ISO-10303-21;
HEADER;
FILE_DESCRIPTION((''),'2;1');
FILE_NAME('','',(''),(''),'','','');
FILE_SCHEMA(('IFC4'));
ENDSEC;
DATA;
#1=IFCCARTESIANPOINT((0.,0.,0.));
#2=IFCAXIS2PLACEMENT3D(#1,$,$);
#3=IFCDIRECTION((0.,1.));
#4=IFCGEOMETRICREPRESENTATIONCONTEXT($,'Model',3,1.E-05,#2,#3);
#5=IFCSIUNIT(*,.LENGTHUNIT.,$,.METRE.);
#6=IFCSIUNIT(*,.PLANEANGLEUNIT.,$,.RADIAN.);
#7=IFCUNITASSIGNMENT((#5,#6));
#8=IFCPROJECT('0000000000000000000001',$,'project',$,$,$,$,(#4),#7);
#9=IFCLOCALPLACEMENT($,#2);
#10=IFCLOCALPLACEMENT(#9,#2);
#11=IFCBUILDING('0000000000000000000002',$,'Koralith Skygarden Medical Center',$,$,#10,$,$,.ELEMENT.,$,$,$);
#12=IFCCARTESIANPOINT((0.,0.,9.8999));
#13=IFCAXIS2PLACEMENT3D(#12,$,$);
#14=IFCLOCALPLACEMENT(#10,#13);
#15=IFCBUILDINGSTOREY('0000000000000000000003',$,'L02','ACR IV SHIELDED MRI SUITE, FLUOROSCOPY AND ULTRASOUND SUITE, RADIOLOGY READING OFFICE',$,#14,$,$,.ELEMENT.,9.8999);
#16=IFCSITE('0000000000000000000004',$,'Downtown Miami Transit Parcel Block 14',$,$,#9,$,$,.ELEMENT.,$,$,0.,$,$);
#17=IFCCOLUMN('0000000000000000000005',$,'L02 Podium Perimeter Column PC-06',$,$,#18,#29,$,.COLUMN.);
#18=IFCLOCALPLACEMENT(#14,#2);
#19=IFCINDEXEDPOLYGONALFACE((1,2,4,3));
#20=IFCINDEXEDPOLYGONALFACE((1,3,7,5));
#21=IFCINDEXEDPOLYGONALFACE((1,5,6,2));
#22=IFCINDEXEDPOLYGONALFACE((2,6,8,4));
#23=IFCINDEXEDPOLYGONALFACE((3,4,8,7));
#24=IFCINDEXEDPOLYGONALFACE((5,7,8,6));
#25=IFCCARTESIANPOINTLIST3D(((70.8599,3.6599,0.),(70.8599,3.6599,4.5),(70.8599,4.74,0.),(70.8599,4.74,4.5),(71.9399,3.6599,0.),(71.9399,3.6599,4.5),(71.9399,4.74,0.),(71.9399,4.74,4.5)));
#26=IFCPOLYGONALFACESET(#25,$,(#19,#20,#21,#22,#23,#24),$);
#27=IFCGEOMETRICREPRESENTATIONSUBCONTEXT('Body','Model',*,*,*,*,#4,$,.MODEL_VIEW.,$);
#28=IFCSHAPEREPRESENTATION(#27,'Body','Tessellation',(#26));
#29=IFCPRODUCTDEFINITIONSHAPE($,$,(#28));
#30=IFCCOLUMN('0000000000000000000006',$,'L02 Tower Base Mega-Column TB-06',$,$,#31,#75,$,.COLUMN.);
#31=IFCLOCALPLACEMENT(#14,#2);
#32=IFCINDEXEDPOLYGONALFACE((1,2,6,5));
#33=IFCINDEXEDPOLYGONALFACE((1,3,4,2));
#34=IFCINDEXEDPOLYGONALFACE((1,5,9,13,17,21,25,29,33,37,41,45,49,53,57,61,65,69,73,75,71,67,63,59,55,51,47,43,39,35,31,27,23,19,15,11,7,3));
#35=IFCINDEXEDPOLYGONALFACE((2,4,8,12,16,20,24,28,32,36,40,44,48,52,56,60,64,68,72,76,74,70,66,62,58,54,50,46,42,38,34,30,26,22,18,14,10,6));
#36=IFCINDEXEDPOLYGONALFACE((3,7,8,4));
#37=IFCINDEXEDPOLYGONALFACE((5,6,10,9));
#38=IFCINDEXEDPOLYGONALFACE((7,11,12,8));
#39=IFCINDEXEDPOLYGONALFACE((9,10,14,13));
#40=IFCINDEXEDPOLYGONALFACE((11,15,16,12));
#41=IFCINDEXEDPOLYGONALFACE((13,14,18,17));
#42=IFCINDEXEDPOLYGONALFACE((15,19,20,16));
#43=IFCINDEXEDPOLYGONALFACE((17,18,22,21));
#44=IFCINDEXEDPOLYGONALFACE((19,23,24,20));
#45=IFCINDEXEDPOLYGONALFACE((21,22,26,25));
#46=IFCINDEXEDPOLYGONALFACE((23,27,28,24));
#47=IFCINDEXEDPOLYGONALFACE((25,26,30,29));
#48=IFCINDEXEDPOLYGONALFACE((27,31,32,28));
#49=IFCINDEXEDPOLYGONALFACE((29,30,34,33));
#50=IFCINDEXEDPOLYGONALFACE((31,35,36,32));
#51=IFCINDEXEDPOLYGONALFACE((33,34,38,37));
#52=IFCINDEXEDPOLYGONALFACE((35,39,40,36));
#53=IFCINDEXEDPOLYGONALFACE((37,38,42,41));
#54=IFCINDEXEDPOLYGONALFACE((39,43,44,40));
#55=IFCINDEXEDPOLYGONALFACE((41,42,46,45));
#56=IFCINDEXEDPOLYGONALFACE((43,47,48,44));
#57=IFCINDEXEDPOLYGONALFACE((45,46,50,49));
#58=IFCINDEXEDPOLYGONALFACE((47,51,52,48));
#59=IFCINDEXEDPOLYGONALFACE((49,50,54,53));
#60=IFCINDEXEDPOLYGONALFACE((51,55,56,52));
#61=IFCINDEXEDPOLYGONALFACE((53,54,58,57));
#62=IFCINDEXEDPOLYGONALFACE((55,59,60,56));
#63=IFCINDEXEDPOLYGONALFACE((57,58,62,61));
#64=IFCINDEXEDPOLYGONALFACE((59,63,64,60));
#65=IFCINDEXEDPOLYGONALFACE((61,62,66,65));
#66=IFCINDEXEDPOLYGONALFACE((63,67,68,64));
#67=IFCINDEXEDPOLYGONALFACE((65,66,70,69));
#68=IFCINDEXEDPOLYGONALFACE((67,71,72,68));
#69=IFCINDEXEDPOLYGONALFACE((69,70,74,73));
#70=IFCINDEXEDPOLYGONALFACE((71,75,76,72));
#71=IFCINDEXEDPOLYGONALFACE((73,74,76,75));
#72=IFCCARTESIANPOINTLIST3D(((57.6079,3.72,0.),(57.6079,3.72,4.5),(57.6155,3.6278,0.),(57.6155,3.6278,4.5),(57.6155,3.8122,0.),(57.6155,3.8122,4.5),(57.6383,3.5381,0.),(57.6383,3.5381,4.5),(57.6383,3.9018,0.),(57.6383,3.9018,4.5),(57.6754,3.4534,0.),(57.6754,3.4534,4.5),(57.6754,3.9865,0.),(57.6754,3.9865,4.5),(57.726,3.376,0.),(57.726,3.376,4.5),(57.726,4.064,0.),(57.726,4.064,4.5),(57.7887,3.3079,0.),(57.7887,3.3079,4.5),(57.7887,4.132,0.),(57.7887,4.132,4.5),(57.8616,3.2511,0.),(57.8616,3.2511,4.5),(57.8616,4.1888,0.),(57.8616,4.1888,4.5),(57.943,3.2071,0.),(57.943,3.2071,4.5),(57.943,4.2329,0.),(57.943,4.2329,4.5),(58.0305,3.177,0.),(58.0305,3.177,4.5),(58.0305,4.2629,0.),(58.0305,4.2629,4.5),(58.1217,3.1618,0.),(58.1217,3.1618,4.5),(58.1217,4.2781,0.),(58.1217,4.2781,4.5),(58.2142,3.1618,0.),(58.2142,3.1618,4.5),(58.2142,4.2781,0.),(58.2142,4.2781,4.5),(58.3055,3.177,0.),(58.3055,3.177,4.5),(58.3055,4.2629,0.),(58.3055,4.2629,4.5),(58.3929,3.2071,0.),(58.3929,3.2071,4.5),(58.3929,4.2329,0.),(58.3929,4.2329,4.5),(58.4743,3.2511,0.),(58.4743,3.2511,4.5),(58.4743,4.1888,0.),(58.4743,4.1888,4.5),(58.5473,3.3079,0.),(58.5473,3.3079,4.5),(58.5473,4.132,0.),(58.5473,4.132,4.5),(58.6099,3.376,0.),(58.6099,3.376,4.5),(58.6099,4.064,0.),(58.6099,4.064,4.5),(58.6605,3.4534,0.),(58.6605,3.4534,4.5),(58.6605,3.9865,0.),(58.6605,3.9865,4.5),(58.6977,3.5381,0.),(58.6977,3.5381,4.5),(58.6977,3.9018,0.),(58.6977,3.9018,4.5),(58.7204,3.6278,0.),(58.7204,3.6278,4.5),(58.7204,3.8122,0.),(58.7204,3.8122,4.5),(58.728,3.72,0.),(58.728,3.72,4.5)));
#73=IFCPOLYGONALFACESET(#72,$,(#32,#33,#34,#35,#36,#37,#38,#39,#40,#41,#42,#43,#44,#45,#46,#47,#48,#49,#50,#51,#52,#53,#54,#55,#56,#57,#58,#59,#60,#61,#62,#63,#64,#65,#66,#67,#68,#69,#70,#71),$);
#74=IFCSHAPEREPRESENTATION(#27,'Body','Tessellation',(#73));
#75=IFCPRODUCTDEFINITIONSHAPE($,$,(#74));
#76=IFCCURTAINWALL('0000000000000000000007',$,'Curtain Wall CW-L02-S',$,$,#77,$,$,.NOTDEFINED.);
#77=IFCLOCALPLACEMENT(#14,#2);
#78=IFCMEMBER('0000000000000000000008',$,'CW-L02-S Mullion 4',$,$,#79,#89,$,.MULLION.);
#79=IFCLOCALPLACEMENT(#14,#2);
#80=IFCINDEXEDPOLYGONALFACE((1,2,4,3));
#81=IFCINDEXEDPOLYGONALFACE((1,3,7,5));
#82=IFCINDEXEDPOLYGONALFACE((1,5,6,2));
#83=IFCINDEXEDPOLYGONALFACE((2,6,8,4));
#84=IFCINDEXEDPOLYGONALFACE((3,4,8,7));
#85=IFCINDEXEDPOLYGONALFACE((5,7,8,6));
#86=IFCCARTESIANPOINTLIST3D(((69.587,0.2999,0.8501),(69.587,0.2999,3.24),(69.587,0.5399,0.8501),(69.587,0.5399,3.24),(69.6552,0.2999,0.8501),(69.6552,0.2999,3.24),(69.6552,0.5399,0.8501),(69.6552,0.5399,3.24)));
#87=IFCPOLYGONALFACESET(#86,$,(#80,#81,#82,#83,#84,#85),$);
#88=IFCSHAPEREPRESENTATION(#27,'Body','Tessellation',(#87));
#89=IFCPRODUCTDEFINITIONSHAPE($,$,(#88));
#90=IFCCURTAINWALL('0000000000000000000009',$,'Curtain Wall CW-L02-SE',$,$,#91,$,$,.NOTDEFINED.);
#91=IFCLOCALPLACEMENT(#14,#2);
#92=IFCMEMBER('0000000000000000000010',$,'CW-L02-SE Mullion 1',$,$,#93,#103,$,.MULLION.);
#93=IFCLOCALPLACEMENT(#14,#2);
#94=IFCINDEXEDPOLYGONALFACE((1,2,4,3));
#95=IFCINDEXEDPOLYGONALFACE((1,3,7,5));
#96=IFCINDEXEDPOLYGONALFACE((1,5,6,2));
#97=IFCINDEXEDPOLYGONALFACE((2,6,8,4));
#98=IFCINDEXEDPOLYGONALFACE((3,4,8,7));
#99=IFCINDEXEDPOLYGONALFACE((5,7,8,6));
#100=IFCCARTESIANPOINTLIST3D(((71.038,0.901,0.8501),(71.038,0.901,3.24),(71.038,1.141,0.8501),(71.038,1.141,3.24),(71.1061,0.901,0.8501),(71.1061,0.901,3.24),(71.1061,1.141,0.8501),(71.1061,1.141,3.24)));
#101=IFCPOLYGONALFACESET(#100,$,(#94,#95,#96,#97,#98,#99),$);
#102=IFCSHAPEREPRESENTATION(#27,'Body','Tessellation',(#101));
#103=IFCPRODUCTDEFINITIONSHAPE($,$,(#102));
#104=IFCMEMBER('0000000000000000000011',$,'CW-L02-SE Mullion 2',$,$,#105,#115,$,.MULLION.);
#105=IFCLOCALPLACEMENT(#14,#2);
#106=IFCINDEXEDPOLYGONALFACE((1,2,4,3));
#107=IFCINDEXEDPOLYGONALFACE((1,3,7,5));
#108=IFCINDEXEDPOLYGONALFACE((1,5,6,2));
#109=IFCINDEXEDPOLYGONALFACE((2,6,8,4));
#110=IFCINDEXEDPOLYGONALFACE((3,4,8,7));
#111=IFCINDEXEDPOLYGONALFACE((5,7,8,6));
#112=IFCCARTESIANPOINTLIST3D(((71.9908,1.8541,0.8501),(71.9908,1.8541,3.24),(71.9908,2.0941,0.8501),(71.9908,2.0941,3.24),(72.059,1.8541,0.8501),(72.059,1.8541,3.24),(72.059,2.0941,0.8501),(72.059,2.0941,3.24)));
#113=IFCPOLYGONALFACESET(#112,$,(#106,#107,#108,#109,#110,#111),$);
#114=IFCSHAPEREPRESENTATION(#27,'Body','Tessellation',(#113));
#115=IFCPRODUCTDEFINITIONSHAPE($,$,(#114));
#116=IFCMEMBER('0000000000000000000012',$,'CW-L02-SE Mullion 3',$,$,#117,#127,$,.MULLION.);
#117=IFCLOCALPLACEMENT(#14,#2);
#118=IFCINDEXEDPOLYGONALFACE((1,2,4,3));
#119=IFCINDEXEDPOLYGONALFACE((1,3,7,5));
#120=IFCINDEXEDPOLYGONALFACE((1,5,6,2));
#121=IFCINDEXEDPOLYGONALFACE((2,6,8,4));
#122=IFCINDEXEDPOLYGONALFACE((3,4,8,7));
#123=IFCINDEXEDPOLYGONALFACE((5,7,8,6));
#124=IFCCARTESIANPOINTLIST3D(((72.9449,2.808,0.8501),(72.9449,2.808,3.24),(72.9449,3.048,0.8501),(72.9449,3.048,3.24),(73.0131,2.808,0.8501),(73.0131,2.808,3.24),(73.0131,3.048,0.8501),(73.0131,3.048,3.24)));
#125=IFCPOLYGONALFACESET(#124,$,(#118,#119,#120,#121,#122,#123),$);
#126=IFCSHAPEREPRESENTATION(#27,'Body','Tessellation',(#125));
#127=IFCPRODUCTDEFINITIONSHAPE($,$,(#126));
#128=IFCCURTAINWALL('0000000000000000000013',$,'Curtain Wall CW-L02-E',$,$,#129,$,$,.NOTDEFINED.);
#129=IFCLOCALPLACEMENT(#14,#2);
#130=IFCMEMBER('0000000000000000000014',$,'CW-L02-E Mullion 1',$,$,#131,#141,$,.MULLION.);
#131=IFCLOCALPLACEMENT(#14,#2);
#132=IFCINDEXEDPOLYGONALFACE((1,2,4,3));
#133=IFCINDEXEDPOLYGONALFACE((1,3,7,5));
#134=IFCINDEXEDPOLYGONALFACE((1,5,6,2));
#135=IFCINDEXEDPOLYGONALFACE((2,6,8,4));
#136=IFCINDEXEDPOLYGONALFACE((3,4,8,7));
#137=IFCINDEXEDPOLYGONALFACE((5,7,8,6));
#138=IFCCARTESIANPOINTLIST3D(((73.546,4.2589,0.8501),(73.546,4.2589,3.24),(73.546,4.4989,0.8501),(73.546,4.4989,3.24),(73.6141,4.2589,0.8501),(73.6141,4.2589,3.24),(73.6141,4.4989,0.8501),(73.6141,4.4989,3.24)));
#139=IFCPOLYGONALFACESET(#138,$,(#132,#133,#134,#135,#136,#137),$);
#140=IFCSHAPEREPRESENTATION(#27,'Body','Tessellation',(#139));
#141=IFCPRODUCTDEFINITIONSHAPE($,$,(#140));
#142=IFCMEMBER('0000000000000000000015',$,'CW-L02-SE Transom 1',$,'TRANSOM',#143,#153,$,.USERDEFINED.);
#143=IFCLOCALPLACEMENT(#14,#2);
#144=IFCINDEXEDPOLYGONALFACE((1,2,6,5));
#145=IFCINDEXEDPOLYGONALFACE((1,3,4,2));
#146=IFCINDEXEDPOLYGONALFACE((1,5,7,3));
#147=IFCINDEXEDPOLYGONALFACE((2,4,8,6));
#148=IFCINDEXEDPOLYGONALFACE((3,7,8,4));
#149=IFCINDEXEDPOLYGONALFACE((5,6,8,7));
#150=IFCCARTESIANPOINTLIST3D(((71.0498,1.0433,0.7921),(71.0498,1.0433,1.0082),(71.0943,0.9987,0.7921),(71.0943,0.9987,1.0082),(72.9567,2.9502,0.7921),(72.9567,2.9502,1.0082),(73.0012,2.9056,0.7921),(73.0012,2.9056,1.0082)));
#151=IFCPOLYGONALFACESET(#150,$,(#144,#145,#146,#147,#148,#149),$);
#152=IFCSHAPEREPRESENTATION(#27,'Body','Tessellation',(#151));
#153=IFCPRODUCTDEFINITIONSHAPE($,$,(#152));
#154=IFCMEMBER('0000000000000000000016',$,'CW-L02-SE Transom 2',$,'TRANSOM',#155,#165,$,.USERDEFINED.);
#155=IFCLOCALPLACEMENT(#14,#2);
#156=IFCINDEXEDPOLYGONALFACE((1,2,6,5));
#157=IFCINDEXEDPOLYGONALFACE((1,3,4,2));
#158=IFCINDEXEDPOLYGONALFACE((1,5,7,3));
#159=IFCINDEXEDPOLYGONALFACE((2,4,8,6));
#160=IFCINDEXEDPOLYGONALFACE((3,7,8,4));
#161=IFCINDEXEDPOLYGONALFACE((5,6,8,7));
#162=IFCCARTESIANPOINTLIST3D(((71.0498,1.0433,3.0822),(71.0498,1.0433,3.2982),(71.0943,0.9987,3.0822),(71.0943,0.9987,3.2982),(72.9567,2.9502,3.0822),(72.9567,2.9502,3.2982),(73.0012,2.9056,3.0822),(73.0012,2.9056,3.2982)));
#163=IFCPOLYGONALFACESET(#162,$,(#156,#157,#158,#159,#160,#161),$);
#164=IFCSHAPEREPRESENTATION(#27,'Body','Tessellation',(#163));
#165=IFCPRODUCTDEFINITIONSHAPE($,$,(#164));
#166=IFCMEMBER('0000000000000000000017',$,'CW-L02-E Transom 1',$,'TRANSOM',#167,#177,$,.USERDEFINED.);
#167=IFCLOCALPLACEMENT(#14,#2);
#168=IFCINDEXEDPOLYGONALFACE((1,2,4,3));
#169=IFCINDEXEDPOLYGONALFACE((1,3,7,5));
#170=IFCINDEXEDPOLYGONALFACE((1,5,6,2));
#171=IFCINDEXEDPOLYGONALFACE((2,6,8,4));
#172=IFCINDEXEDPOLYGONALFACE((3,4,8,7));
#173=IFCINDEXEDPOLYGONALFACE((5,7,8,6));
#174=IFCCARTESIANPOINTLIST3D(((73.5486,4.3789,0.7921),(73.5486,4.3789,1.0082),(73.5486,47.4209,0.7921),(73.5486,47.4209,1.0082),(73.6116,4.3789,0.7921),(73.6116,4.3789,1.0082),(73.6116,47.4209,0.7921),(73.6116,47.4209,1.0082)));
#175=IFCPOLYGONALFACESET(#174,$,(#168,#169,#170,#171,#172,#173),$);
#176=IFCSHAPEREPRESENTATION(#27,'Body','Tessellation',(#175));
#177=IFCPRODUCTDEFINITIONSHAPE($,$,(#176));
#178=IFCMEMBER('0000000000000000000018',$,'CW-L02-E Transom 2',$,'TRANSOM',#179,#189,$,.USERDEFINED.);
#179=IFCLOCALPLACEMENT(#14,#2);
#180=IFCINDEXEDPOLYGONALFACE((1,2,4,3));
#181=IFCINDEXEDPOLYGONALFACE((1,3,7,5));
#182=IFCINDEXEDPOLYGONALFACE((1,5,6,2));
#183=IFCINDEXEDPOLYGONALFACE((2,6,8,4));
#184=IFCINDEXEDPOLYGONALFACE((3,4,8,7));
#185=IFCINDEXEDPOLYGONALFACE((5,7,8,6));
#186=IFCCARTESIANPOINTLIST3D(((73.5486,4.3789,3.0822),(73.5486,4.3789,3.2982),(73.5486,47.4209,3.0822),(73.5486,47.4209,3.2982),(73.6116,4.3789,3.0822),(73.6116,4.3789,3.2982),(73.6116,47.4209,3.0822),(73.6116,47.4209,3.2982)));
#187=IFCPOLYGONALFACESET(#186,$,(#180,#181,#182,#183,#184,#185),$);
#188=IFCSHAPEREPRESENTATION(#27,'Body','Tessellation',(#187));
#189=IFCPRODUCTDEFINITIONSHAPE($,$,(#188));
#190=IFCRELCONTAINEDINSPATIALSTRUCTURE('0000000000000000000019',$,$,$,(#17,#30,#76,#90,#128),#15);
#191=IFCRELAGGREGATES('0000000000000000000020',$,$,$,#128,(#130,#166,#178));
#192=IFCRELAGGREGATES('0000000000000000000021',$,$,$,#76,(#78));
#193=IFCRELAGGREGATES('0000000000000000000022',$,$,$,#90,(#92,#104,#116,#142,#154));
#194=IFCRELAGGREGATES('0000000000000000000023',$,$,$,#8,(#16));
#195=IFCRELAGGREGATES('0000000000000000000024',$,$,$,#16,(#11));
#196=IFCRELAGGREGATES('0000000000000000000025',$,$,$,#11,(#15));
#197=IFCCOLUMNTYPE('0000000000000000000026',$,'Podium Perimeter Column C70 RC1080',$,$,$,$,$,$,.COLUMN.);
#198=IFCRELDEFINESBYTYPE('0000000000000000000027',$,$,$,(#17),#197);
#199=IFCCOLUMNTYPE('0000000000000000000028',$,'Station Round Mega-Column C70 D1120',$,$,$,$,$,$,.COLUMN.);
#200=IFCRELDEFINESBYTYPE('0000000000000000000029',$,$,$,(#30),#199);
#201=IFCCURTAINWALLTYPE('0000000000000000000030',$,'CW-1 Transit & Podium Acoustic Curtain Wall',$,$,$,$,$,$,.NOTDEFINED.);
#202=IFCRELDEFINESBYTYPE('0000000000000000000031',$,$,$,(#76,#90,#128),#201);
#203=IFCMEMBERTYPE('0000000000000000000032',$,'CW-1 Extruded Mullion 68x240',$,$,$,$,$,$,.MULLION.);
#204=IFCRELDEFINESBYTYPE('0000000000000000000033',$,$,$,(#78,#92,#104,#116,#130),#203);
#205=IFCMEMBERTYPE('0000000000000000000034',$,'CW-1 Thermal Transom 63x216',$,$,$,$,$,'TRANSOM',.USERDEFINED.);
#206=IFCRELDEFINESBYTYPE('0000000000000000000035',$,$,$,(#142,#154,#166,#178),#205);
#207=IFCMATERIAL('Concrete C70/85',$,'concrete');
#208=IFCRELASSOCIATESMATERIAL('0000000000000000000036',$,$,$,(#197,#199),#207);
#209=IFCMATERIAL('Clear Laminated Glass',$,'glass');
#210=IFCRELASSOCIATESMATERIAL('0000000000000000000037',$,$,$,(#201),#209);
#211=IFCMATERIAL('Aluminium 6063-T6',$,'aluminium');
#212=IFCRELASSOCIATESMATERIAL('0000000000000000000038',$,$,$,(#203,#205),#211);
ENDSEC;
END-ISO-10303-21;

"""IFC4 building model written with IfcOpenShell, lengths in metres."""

from ifc_helpers import new_model, si_unit, direction, frame, origin, origin_2d, place, context, subcontext, project, spatial, rectangle, circle, extrude, material, material_profile, profile_set, type_object, element, aggregate, save


model = new_model("IFC4")

# Units and contexts
model_context = context("Model", 3, precision=1e-05, world=origin(), true_north=direction((0.0, 1.0)))
body_context = subcontext(model_context, "Body", "Model", "MODEL_VIEW")
ifc_project = project(units=[si_unit("LENGTHUNIT", "METRE"), si_unit("PLANEANGLEUNIT", "RADIAN")], contexts=[model_context])

# Site, building, storey
site_placement = place(None, origin())
site = spatial("IfcSite", under=ifc_project, at=site_placement, Name="Downtown Miami Transit Parcel Block 14", CompositionType="ELEMENT", RefElevation=0.0)
building_placement = place(site_placement, origin())
building = spatial("IfcBuilding", under=site, at=building_placement, Name="Koralith Skygarden Medical Center", CompositionType="ELEMENT")
storey_placement = place(building_placement, frame((0.0, 0.0, 9.8999)))
storey = spatial("IfcBuildingStorey", under=building, at=storey_placement, Name="L02", Description="ACR IV SHIELDED MRI SUITE, FLUOROSCOPY AND ULTRASOUND SUITE, RADIOLOGY READING OFFICE", CompositionType="ELEMENT", Elevation=9.8999)

# Columns
ifc_material_1 = material(Name="Concrete C70/85", Category="concrete")
ifc_material_profile_1 = material_profile(ifc_material_1, rectangle(XDim=1.0801, YDim=1.0801, at=origin_2d()), Name="RC1080X1080")
ifc_profile_set_1 = profile_set([ifc_material_profile_1], Name="Concrete C70/85")
column_type_1 = type_object("IfcColumnType", Name="Podium Perimeter Column C70 RC1080", PredefinedType="COLUMN", material=ifc_profile_set_1)
column_1_placement = place(storey_placement, frame((71.3999, 4.2, 0.0), z_axis=(0.0, 0.0, 1.0), x_axis=(1.0, 0.0, 0.0)))
element("IfcColumn", 1, at=column_1_placement, inside=storey, type_object=column_type_1, Name="L02 Podium Perimeter Column PC-06", PredefinedType="COLUMN", context=body_context, shape_type="SweptSolid", body=[
    extrude(rectangle(XDim=1.0801, YDim=1.0801, at=origin_2d()), origin(), (0.0, 0.0, 1.0), 4.5),
])
ifc_material_profile_2 = material_profile(ifc_material_1, circle(Radius=0.5601, at=origin_2d()), Name="RCCOL1120")
ifc_profile_set_2 = profile_set([ifc_material_profile_2], Name="Concrete C70/85")
column_type_2 = type_object("IfcColumnType", Name="Station Round Mega-Column C70 D1120", PredefinedType="COLUMN", material=ifc_profile_set_2)
column_2_placement = place(storey_placement, frame((58.168, 3.72, 0.0), z_axis=(0.0, 0.0, 1.0), x_axis=(1.0, 0.0, 0.0)))
element("IfcColumn", 2, at=column_2_placement, inside=storey, type_object=column_type_2, Name="L02 Tower Base Mega-Column TB-06", PredefinedType="COLUMN", context=body_context, shape_type="SweptSolid", body=[
    extrude(circle(Radius=0.5601, at=origin_2d()), origin(), (0.0, 0.0, 1.0), 4.5),
])

# Curtain wall, member
ifc_material_2 = material(Name="Clear Laminated Glass", Category="glass")
curtain_wall_type = type_object("IfcCurtainWallType", Name="CW-1 Transit & Podium Acoustic Curtain Wall", PredefinedType="NOTDEFINED", material=ifc_material_2)
curtain_wall_1_placement = place(storey_placement, origin())
curtain_wall_1 = element("IfcCurtainWall", 3, at=curtain_wall_1_placement, inside=storey, type_object=curtain_wall_type, Name="Curtain Wall CW-L02-S", PredefinedType="NOTDEFINED")
ifc_material_3 = material(Name="Aluminium 6063-T6", Category="aluminium")
ifc_material_profile_3 = material_profile(ifc_material_3, rectangle(XDim=0.0681, YDim=0.24, at=origin_2d()), Name="MUL68X240")
ifc_profile_set_3 = profile_set([ifc_material_profile_3], Name="Aluminium 6063-T6")
member_type_1 = type_object("IfcMemberType", Name="CW-1 Extruded Mullion 68x240", PredefinedType="MULLION", material=ifc_profile_set_3)
member_1_placement = place(storey_placement, frame((69.6211, 0.4199, 0.8501), z_axis=(0.0, 0.0, 1.0), x_axis=(1.0, 0.0, 0.0)))
member_1 = element("IfcMember", 4, at=member_1_placement, type_object=member_type_1, Name="CW-L02-S Mullion 4", PredefinedType="MULLION", context=body_context, shape_type="SweptSolid", body=[
    extrude(rectangle(XDim=0.0681, YDim=0.24, at=origin_2d()), origin(), (0.0, 0.0, 1.0), 2.3899),
])

# Curtain wall, members
curtain_wall_2_placement = place(storey_placement, origin())
curtain_wall_2 = element("IfcCurtainWall", 5, at=curtain_wall_2_placement, inside=storey, type_object=curtain_wall_type, Name="Curtain Wall CW-L02-SE", PredefinedType="NOTDEFINED")
member_2_placement = place(storey_placement, frame((71.072, 1.021, 0.8501), z_axis=(0.0, 0.0, 1.0), x_axis=(1.0, 0.0, 0.0)))
member_2 = element("IfcMember", 6, at=member_2_placement, type_object=member_type_1, Name="CW-L02-SE Mullion 1", PredefinedType="MULLION", context=body_context, shape_type="SweptSolid", body=[
    extrude(rectangle(XDim=0.0681, YDim=0.24, at=origin_2d()), origin(), (0.0, 0.0, 1.0), 2.3899),
])
member_3_placement = place(storey_placement, frame((72.0249, 1.9741, 0.8501), z_axis=(0.0, 0.0, 1.0), x_axis=(1.0, 0.0, 0.0)))
member_3 = element("IfcMember", 7, at=member_3_placement, type_object=member_type_1, Name="CW-L02-SE Mullion 2", PredefinedType="MULLION", context=body_context, shape_type="SweptSolid", body=[
    extrude(rectangle(XDim=0.0681, YDim=0.24, at=origin_2d()), origin(), (0.0, 0.0, 1.0), 2.3899),
])
member_4_placement = place(storey_placement, frame((72.979, 2.928, 0.8501), z_axis=(0.0, 0.0, 1.0), x_axis=(1.0, 0.0, 0.0)))
member_4 = element("IfcMember", 8, at=member_4_placement, type_object=member_type_1, Name="CW-L02-SE Mullion 3", PredefinedType="MULLION", context=body_context, shape_type="SweptSolid", body=[
    extrude(rectangle(XDim=0.0681, YDim=0.24, at=origin_2d()), origin(), (0.0, 0.0, 1.0), 2.3899),
])

# Curtain wall, member
curtain_wall_3_placement = place(storey_placement, origin())
curtain_wall_3 = element("IfcCurtainWall", 9, at=curtain_wall_3_placement, inside=storey, type_object=curtain_wall_type, Name="Curtain Wall CW-L02-E", PredefinedType="NOTDEFINED")
member_5_placement = place(storey_placement, frame((73.5801, 4.3789, 0.8501), z_axis=(0.0, 0.0, 1.0), x_axis=(1.0, 0.0, 0.0)))
member_5 = element("IfcMember", 10, at=member_5_placement, type_object=member_type_1, Name="CW-L02-E Mullion 1", PredefinedType="MULLION", context=body_context, shape_type="SweptSolid", body=[
    extrude(rectangle(XDim=0.0681, YDim=0.24, at=origin_2d()), origin(), (0.0, 0.0, 1.0), 2.3899),
])

# Members
ifc_material_profile_4 = material_profile(ifc_material_3, rectangle(XDim=0.063, YDim=0.2161, at=origin_2d()), Name="TRN63X216")
ifc_profile_set_4 = profile_set([ifc_material_profile_4], Name="Aluminium 6063-T6")
member_type_2 = type_object("IfcMemberType", Name="CW-1 Thermal Transom 63x216", ElementType="TRANSOM", PredefinedType="USERDEFINED", material=ifc_profile_set_4)
member_6_placement = place(storey_placement, frame((71.072, 1.021, 0.9001), z_axis=(0.707107, 0.707107, 0.0), x_axis=(-0.707107, 0.707107, 0.0)))
member_6 = element("IfcMember", 11, at=member_6_placement, type_object=member_type_2, Name="CW-L02-SE Transom 1", ObjectType="TRANSOM", PredefinedType="USERDEFINED", context=body_context, shape_type="SweptSolid", body=[
    extrude(rectangle(XDim=0.063, YDim=0.2161, at=origin_2d()), origin(), (0.0, 0.0, 1.0), 2.6968),
])
member_7_placement = place(storey_placement, frame((71.072, 1.021, 3.1902), z_axis=(0.707107, 0.707107, 0.0), x_axis=(-0.707107, 0.707107, 0.0)))
member_7 = element("IfcMember", 12, at=member_7_placement, type_object=member_type_2, Name="CW-L02-SE Transom 2", ObjectType="TRANSOM", PredefinedType="USERDEFINED", context=body_context, shape_type="SweptSolid", body=[
    extrude(rectangle(XDim=0.063, YDim=0.2161, at=origin_2d()), origin(), (0.0, 0.0, 1.0), 2.6968),
])
member_8_placement = place(storey_placement, frame((73.5801, 4.3789, 0.9001), z_axis=(0.0, 1.0, 0.0), x_axis=(-1.0, 0.0, 0.0)))
member_8 = element("IfcMember", 13, at=member_8_placement, type_object=member_type_2, Name="CW-L02-E Transom 1", ObjectType="TRANSOM", PredefinedType="USERDEFINED", context=body_context, shape_type="SweptSolid", body=[
    extrude(rectangle(XDim=0.063, YDim=0.2161, at=origin_2d()), origin(), (0.0, 0.0, 1.0), 43.042),
])
member_9_placement = place(storey_placement, frame((73.5801, 4.3789, 3.1902), z_axis=(0.0, 1.0, 0.0), x_axis=(-1.0, 0.0, 0.0)))
member_9 = element("IfcMember", 14, at=member_9_placement, type_object=member_type_2, Name="CW-L02-E Transom 2", ObjectType="TRANSOM", PredefinedType="USERDEFINED", context=body_context, shape_type="SweptSolid", body=[
    extrude(rectangle(XDim=0.063, YDim=0.2161, at=origin_2d()), origin(), (0.0, 0.0, 1.0), 43.042),
])
aggregate(curtain_wall_3, [member_5, member_8, member_9])

aggregate(curtain_wall_1, [member_1])
aggregate(curtain_wall_2, [member_2, member_3, member_4, member_6, member_7])

save(model, "model.ifc")
